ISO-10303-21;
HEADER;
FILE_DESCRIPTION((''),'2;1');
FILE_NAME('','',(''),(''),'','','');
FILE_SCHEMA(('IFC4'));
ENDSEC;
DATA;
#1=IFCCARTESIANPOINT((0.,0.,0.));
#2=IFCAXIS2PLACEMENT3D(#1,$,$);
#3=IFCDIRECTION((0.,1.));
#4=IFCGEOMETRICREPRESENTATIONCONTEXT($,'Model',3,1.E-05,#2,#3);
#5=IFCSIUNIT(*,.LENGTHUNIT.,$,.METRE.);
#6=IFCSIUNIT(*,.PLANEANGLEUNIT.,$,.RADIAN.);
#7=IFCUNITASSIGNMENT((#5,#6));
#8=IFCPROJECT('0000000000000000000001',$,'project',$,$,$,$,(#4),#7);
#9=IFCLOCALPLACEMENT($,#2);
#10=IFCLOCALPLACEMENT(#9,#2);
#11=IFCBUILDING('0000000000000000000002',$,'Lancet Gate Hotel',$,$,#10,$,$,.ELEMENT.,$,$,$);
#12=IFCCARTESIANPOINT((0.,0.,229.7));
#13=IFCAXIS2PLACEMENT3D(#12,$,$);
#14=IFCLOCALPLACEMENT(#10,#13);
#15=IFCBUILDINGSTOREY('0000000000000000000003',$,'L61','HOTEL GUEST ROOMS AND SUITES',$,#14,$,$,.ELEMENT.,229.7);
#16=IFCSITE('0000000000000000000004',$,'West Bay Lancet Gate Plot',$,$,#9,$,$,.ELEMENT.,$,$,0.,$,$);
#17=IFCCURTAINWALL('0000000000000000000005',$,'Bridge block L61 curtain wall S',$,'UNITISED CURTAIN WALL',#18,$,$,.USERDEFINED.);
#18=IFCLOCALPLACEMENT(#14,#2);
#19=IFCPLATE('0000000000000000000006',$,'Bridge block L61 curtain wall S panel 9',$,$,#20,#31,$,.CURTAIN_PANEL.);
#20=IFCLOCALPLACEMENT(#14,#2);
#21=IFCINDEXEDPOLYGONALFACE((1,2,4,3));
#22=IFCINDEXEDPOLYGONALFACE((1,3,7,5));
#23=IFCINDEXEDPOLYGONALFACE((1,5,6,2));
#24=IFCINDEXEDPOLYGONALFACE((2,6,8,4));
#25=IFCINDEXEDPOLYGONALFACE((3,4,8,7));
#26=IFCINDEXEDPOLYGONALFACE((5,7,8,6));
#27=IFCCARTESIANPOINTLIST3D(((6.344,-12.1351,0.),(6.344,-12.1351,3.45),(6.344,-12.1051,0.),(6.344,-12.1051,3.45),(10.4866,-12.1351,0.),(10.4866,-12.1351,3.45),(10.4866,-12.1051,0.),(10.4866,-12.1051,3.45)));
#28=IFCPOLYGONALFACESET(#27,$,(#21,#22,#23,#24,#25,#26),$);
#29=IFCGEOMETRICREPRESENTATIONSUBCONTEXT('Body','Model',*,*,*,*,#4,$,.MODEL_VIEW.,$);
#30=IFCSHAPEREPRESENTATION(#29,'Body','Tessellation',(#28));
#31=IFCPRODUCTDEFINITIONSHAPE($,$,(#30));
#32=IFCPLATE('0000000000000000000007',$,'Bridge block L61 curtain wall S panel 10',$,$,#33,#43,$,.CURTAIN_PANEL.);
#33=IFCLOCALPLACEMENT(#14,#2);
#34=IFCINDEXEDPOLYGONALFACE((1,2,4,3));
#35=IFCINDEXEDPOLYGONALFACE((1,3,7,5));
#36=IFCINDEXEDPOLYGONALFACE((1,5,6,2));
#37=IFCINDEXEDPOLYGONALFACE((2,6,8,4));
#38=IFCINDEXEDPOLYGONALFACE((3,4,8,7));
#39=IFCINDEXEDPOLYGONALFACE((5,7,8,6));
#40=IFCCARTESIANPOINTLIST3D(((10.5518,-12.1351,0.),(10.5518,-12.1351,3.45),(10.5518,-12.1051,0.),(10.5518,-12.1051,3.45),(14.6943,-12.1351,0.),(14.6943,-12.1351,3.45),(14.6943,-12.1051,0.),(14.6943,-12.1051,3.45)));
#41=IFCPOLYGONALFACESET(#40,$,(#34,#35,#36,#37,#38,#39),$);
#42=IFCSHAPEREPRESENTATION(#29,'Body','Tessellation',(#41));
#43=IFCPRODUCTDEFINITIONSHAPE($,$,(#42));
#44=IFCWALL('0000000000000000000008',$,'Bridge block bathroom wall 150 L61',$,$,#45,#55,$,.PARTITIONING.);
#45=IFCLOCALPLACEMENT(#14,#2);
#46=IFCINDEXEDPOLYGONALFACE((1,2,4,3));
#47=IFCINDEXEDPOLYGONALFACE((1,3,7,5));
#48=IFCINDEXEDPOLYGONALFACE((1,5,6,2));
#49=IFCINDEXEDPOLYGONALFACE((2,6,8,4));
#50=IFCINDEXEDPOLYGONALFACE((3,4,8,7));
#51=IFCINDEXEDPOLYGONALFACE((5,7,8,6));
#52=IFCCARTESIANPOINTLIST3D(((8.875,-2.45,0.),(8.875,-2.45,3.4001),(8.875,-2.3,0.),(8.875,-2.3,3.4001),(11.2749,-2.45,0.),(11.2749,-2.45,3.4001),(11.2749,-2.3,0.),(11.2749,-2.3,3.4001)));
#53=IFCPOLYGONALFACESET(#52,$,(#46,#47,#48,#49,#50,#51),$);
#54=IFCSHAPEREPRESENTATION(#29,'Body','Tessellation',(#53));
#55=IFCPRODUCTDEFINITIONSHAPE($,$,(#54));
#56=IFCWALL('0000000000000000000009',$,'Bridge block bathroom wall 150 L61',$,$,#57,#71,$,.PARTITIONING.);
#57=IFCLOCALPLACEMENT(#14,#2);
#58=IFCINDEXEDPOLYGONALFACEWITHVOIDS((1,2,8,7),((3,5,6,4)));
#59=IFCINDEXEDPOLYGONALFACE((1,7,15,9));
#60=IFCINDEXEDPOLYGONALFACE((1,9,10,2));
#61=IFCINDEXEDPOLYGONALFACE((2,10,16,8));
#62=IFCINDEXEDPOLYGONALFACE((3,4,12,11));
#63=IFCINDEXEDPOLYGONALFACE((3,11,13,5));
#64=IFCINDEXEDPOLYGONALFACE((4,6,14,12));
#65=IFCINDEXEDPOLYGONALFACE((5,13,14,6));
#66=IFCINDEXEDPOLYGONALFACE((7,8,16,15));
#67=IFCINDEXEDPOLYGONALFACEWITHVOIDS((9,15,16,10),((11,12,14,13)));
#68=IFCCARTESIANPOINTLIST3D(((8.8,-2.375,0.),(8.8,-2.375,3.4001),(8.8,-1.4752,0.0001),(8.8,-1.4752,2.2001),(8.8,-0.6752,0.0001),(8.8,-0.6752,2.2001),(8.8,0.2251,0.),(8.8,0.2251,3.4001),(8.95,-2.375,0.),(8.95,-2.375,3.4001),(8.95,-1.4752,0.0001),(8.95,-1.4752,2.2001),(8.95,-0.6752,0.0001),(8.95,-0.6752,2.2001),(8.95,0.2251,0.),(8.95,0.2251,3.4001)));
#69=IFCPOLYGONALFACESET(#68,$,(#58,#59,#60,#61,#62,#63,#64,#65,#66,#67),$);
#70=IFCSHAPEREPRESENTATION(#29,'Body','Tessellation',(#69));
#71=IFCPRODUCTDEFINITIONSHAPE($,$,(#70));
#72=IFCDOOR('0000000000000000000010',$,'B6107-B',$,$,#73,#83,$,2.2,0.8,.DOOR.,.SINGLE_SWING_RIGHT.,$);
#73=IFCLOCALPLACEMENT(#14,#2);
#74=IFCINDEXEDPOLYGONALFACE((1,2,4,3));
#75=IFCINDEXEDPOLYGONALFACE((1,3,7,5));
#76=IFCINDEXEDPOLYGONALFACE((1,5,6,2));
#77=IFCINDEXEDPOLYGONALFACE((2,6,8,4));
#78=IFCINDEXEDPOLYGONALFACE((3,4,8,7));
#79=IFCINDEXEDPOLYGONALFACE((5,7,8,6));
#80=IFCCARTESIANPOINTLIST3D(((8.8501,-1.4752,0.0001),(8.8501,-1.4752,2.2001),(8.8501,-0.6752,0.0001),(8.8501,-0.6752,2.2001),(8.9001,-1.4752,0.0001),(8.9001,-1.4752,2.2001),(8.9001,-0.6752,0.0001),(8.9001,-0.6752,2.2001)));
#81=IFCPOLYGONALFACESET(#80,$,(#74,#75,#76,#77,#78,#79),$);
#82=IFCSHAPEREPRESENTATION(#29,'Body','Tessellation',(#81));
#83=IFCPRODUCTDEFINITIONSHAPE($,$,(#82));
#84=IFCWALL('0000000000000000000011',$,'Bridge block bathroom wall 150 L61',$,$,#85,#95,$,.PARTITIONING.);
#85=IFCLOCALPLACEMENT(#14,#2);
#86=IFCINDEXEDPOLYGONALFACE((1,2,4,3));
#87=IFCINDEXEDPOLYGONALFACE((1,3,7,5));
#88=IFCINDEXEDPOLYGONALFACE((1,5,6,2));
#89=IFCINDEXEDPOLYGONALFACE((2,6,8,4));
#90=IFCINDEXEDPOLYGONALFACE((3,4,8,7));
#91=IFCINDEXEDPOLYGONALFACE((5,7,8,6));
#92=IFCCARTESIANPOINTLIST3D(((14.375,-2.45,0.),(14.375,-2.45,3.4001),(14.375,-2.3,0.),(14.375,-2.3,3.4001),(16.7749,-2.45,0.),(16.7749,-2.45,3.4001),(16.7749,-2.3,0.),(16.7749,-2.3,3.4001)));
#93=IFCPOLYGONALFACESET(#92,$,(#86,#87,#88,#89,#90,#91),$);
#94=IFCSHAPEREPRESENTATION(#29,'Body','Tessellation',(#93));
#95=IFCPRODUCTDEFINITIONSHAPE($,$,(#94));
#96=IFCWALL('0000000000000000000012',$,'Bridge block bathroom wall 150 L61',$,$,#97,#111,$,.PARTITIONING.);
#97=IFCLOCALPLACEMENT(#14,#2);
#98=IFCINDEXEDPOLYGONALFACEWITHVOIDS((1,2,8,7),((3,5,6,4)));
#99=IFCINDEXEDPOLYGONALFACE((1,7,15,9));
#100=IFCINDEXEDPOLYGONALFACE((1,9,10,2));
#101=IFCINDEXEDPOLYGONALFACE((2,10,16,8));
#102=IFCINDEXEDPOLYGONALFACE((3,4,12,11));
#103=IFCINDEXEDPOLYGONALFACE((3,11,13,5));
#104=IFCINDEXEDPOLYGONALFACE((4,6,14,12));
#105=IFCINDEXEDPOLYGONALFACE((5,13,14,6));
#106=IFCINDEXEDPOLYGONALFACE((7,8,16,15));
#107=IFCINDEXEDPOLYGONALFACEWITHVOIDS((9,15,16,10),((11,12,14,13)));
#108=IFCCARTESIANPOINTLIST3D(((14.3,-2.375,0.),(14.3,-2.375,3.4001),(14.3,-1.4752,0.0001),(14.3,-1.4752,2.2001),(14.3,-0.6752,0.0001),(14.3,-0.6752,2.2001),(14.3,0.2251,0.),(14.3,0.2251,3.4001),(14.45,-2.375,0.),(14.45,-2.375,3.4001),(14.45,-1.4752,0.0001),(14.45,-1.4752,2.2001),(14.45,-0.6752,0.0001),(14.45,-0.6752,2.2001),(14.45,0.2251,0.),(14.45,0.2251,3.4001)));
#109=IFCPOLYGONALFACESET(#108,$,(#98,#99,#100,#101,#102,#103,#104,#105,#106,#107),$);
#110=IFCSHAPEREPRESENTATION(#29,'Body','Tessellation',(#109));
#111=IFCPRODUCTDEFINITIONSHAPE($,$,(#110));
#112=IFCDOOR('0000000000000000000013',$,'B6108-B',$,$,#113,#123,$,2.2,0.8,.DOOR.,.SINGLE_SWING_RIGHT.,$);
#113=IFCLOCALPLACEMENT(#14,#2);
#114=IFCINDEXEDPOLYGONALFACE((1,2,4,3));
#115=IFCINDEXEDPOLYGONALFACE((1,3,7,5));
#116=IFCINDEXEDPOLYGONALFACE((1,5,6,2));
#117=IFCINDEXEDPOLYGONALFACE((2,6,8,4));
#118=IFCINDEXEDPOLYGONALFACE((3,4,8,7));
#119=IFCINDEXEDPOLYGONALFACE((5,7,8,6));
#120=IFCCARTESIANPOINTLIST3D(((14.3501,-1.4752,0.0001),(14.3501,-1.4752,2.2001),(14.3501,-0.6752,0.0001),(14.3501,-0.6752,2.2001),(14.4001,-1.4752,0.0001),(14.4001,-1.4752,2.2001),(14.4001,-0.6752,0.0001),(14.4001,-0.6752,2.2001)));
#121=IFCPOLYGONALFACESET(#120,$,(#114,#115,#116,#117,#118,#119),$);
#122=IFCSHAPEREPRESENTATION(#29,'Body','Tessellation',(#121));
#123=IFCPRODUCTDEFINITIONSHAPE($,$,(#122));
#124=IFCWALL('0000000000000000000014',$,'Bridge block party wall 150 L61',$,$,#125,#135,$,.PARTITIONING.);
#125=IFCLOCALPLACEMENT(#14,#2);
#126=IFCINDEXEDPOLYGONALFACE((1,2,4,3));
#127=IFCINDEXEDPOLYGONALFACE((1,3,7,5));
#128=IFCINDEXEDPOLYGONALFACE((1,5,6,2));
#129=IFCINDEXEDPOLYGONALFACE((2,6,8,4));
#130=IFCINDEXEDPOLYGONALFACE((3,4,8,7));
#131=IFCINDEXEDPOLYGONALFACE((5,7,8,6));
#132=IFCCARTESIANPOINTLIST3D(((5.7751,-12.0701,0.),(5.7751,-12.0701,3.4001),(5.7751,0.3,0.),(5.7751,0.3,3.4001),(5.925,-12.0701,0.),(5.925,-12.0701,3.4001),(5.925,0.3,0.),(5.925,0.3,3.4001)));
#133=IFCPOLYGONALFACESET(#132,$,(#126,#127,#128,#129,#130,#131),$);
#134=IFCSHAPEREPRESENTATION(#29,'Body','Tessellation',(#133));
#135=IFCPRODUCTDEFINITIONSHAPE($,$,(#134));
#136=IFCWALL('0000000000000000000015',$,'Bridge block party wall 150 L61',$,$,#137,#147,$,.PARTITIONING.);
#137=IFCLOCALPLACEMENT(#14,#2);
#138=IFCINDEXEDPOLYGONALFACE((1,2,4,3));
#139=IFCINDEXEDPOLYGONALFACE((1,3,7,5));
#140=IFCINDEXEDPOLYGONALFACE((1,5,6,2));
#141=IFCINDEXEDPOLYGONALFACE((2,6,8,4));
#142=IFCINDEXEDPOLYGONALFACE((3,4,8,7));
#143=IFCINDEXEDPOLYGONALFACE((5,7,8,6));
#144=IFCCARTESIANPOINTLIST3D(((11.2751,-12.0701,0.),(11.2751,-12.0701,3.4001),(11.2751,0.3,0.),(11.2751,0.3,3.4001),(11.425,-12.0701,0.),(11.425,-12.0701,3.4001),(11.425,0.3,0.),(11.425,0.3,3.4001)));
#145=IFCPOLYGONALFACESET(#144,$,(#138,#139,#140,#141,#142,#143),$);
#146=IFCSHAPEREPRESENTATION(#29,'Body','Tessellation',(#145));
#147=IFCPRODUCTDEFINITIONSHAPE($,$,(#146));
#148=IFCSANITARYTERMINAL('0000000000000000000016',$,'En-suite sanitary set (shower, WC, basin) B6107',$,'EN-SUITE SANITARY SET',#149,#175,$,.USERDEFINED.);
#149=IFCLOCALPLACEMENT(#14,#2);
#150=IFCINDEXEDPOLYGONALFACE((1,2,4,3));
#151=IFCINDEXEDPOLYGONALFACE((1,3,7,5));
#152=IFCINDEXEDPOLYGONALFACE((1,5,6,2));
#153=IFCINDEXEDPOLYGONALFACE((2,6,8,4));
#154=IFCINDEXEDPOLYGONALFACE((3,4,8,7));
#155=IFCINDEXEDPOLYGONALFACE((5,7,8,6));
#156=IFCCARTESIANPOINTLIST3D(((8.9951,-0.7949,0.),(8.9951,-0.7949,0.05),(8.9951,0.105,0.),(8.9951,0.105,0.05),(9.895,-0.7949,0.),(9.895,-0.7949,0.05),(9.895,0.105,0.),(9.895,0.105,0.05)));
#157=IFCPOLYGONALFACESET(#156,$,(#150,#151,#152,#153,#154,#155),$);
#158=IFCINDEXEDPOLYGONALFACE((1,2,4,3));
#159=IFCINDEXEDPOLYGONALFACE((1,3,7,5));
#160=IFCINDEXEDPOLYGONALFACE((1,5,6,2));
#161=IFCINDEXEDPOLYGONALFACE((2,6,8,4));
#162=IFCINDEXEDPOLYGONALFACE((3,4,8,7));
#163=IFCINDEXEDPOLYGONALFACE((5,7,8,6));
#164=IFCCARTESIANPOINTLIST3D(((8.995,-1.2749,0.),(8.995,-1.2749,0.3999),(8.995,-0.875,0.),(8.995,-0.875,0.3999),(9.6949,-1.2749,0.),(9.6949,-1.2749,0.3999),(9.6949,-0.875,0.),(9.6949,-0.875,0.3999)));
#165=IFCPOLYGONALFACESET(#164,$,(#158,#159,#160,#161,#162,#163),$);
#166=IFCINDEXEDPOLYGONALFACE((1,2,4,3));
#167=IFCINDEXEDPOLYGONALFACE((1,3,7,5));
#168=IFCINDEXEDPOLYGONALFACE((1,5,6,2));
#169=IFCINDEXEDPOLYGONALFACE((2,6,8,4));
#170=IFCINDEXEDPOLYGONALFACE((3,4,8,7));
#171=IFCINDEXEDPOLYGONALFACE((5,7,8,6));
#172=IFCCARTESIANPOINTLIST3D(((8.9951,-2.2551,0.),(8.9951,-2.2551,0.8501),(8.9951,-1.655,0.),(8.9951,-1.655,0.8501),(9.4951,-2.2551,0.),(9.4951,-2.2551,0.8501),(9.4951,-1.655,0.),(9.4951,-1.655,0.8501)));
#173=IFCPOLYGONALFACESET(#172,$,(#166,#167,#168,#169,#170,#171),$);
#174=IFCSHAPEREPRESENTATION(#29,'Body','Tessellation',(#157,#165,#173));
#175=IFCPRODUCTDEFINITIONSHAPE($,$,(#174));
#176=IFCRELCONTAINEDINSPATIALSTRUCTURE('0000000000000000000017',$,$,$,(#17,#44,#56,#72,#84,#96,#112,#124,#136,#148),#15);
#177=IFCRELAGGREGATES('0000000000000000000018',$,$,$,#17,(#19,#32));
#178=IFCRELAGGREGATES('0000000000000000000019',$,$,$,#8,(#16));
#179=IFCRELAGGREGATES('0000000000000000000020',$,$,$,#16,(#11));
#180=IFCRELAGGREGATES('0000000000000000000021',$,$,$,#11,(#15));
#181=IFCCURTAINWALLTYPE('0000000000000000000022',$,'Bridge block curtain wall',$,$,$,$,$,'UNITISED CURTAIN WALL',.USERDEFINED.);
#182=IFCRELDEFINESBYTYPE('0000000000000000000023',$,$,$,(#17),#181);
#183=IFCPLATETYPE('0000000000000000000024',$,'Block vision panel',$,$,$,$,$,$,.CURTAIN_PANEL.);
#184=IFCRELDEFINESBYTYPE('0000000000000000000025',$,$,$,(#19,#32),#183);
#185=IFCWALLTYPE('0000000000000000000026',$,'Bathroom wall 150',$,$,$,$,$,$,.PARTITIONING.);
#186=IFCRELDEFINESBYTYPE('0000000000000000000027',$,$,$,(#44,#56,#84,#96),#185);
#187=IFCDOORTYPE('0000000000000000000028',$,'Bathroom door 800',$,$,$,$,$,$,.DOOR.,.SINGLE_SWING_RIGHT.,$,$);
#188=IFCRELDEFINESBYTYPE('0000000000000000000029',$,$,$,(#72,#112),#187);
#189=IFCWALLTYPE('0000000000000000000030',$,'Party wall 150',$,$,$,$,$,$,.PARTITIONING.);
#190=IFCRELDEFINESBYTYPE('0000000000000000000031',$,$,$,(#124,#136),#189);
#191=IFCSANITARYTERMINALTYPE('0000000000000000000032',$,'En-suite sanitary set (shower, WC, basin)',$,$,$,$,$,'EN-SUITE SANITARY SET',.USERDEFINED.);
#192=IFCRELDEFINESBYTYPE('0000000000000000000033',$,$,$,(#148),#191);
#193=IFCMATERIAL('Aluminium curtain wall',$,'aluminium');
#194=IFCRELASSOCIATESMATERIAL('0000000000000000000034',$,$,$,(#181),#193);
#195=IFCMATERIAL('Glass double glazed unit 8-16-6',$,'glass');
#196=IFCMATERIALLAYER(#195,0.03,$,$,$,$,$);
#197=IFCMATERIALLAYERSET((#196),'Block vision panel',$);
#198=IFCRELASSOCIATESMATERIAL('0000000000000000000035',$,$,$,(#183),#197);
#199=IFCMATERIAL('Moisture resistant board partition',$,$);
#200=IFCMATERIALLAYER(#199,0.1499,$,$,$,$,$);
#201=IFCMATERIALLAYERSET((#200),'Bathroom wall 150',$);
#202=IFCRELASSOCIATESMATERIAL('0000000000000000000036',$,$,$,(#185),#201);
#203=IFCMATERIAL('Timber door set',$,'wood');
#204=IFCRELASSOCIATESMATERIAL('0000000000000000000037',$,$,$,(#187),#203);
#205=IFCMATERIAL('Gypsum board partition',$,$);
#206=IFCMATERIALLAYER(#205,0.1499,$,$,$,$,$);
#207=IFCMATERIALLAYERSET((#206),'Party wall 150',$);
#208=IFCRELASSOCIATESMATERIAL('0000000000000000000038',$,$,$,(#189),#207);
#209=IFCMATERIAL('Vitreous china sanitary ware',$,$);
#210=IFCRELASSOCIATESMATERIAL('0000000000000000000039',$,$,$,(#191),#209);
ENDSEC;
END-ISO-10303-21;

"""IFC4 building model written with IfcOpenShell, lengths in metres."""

from ifc_helpers import new_model, si_unit, direction, frame, frame_2d, origin, origin_2d, place, context, subcontext, project, spatial, rectangle, extrude, material, layer, layer_set, type_object, element, fill, aggregate, save


model = new_model("IFC4")

# Units and contexts
model_context = context("Model", 3, precision=1e-05, world=origin(), true_north=direction((0.0, 1.0)))
body_context = subcontext(model_context, "Body", "Model", "MODEL_VIEW")
ifc_project = project(units=[si_unit("LENGTHUNIT", "METRE"), si_unit("PLANEANGLEUNIT", "RADIAN")], contexts=[model_context])

# Site, building, storey
site_placement = place(None, origin())
site = spatial("IfcSite", under=ifc_project, at=site_placement, Name="West Bay Lancet Gate Plot", CompositionType="ELEMENT", RefElevation=0.0)
building_placement = place(site_placement, origin())
building = spatial("IfcBuilding", under=site, at=building_placement, Name="Lancet Gate Hotel", CompositionType="ELEMENT")
storey_placement = place(building_placement, frame((0.0, 0.0, 229.7)))
storey = spatial("IfcBuildingStorey", under=building, at=storey_placement, Name="L61", Description="HOTEL GUEST ROOMS AND SUITES", CompositionType="ELEMENT", Elevation=229.7)

# Curtain wall
ifc_material_1 = material(Name="Aluminium curtain wall", Category="aluminium")
curtain_wall_type = type_object("IfcCurtainWallType", Name="Bridge block curtain wall", ElementType="UNITISED CURTAIN WALL", PredefinedType="USERDEFINED", material=ifc_material_1)
curtain_wall_placement = place(storey_placement, origin())
curtain_wall = element("IfcCurtainWall", 1, at=curtain_wall_placement, inside=storey, type_object=curtain_wall_type, Name="Bridge block L61 curtain wall S", ObjectType="UNITISED CURTAIN WALL", PredefinedType="USERDEFINED")

# Plates
ifc_material_2 = material(Name="Glass double glazed unit 8-16-6", Category="glass")
ifc_layer_1 = layer(ifc_material_2, 0.03)
ifc_layer_set_1 = layer_set([ifc_layer_1], Name="Block vision panel")
plate_type = type_object("IfcPlateType", Name="Block vision panel", PredefinedType="CURTAIN_PANEL", material=ifc_layer_set_1)
plate_1_placement = place(storey_placement, frame((8.4153, -12.1201, 0.0), z_axis=(0.0, 0.0, 1.0), x_axis=(1.0, 0.0, 0.0)))
plate_1 = element("IfcPlate", 2, at=plate_1_placement, type_object=plate_type, Name="Bridge block L61 curtain wall S panel 9", PredefinedType="CURTAIN_PANEL", context=body_context, shape_type="SweptSolid", body=[
    extrude(rectangle(XDim=4.1426, YDim=0.03, at=origin_2d()), origin(), (0.0, 0.0, 1.0), 3.45),
])
plate_2_placement = place(storey_placement, frame((12.623, -12.1201, 0.0), z_axis=(0.0, 0.0, 1.0), x_axis=(1.0, 0.0, 0.0)))
plate_2 = element("IfcPlate", 3, at=plate_2_placement, type_object=plate_type, Name="Bridge block L61 curtain wall S panel 10", PredefinedType="CURTAIN_PANEL", context=body_context, shape_type="SweptSolid", body=[
    extrude(rectangle(XDim=4.1426, YDim=0.03, at=origin_2d()), origin(), (0.0, 0.0, 1.0), 3.45),
])
aggregate(curtain_wall, [plate_1, plate_2])

# Wall
ifc_material_3 = material(Name="Moisture resistant board partition")
ifc_layer_2 = layer(ifc_material_3, 0.1499)
ifc_layer_set_2 = layer_set([ifc_layer_2], Name="Bathroom wall 150")
wall_type_1 = type_object("IfcWallType", Name="Bathroom wall 150", PredefinedType="PARTITIONING", material=ifc_layer_set_2)
wall_1_placement = place(storey_placement, frame((8.875, -2.375, 0.0), z_axis=(0.0, 0.0, 1.0), x_axis=(1.0, 0.0, 0.0)))
element("IfcWall", 4, at=wall_1_placement, inside=storey, type_object=wall_type_1, Name="Bridge block bathroom wall 150 L61", PredefinedType="PARTITIONING", context=body_context, shape_type="SweptSolid", body=[
    extrude(rectangle(XDim=2.3999, YDim=0.1499, at=frame_2d((1.2, 0.0))), origin(), (0.0, 0.0, 1.0), 3.4001),
])

# Wall, opening, door
wall_2_placement = place(storey_placement, frame((8.875, -2.375, 0.0), z_axis=(0.0, 0.0, 1.0), x_axis=(0.0, 1.0, 0.0)))
wall_2 = element("IfcWall", 5, at=wall_2_placement, inside=storey, type_object=wall_type_1, Name="Bridge block bathroom wall 150 L61", PredefinedType="PARTITIONING", context=body_context, shape_type="SweptSolid", body=[
    extrude(rectangle(XDim=2.6001, YDim=0.1499, at=frame_2d((1.3, 0.0))), origin(), (0.0, 0.0, 1.0), 3.4001),
])
opening_1_placement = place(wall_2_placement, frame((0.8999, 0.0, 0.0)))
opening_1 = element("IfcOpeningElement", 6, at=opening_1_placement, cuts=wall_2, PredefinedType="OPENING", context=body_context, shape_type="SweptSolid", body=[
    extrude(rectangle(XDim=0.8, YDim=2.2, at=frame_2d((0.3999, 1.1001))), frame((0.0, 0.085, 0.0), z_axis=(0.0, -1.0, 0.0), x_axis=(1.0, 0.0, 0.0)), (0.0, 0.0, 1.0), 0.1699),
])
ifc_material_4 = material(Name="Timber door set", Category="wood")
door_type = type_object("IfcDoorType", Name="Bathroom door 800", OperationType="SINGLE_SWING_RIGHT", PredefinedType="DOOR", material=ifc_material_4)
door_1_placement = place(opening_1_placement, origin())
door_1 = element("IfcDoor", 7, at=door_1_placement, inside=storey, type_object=door_type, Name="B6107-B", OperationType="SINGLE_SWING_RIGHT", OverallHeight=2.2, OverallWidth=0.8, PredefinedType="DOOR", context=body_context, shape_type="SweptSolid", body=[
    extrude(rectangle(XDim=0.8, YDim=2.2, at=frame_2d((0.3999, 1.1001))), frame((0.0, 0.0249, 0.0), z_axis=(0.0, -1.0, 0.0), x_axis=(1.0, 0.0, 0.0)), (0.0, 0.0, 1.0), 0.05),
])
fill(opening_1, door_1)

# Wall
wall_3_placement = place(storey_placement, frame((14.375, -2.375, 0.0), z_axis=(0.0, 0.0, 1.0), x_axis=(1.0, 0.0, 0.0)))
element("IfcWall", 8, at=wall_3_placement, inside=storey, type_object=wall_type_1, Name="Bridge block bathroom wall 150 L61", PredefinedType="PARTITIONING", context=body_context, shape_type="SweptSolid", body=[
    extrude(rectangle(XDim=2.3999, YDim=0.1499, at=frame_2d((1.2, 0.0))), origin(), (0.0, 0.0, 1.0), 3.4001),
])

# Wall, opening, door
wall_4_placement = place(storey_placement, frame((14.375, -2.375, 0.0), z_axis=(0.0, 0.0, 1.0), x_axis=(0.0, 1.0, 0.0)))
wall_4 = element("IfcWall", 9, at=wall_4_placement, inside=storey, type_object=wall_type_1, Name="Bridge block bathroom wall 150 L61", PredefinedType="PARTITIONING", context=body_context, shape_type="SweptSolid", body=[
    extrude(rectangle(XDim=2.6001, YDim=0.1499, at=frame_2d((1.3, 0.0))), origin(), (0.0, 0.0, 1.0), 3.4001),
])
opening_2_placement = place(wall_4_placement, frame((0.8999, 0.0, 0.0)))
opening_2 = element("IfcOpeningElement", 10, at=opening_2_placement, cuts=wall_4, PredefinedType="OPENING", context=body_context, shape_type="SweptSolid", body=[
    extrude(rectangle(XDim=0.8, YDim=2.2, at=frame_2d((0.3999, 1.1001))), frame((0.0, 0.085, 0.0), z_axis=(0.0, -1.0, 0.0), x_axis=(1.0, 0.0, 0.0)), (0.0, 0.0, 1.0), 0.1699),
])
door_2_placement = place(opening_2_placement, origin())
door_2 = element("IfcDoor", 11, at=door_2_placement, inside=storey, type_object=door_type, Name="B6108-B", OperationType="SINGLE_SWING_RIGHT", OverallHeight=2.2, OverallWidth=0.8, PredefinedType="DOOR", context=body_context, shape_type="SweptSolid", body=[
    extrude(rectangle(XDim=0.8, YDim=2.2, at=frame_2d((0.3999, 1.1001))), frame((0.0, 0.0249, 0.0), z_axis=(0.0, -1.0, 0.0), x_axis=(1.0, 0.0, 0.0)), (0.0, 0.0, 1.0), 0.05),
])
fill(opening_2, door_2)

# Walls
ifc_material_5 = material(Name="Gypsum board partition")
ifc_layer_3 = layer(ifc_material_5, 0.1499)
ifc_layer_set_3 = layer_set([ifc_layer_3], Name="Party wall 150")
wall_type_2 = type_object("IfcWallType", Name="Party wall 150", PredefinedType="PARTITIONING", material=ifc_layer_set_3)
for number, where, z_axis, x_axis, name in (
    (12, (5.8501, -12.0701, 0.0), (0.0, 0.0, 1.0), (0.0, 1.0, 0.0), "Bridge block party wall 150 L61"),
    (13, (11.3501, -12.0701, 0.0), (0.0, 0.0, 1.0), (0.0, 1.0, 0.0), "Bridge block party wall 150 L61"),
):
    element("IfcWall", number, at=place(storey_placement, frame(where, z_axis=z_axis, x_axis=x_axis)), inside=storey, type_object=wall_type_2, Name=name, PredefinedType="PARTITIONING", context=body_context, shape_type="SweptSolid", body=[
        extrude(rectangle(XDim=12.3701, YDim=0.1499, at=frame_2d((6.1851, 0.0))), origin(), (0.0, 0.0, 1.0), 3.4001),
    ])

# Sanitary terminal
ifc_material_6 = material(Name="Vitreous china sanitary ware")
sanitary_terminal_type = type_object("IfcSanitaryTerminalType", Name="En-suite sanitary set (shower, WC, basin)", ElementType="EN-SUITE SANITARY SET", PredefinedType="USERDEFINED", material=ifc_material_6)
sanitary_terminal_placement = place(storey_placement, frame((9.4451, -0.345, 0.0), z_axis=(0.0, 0.0, 1.0), x_axis=(1.0, 0.0, 0.0)))
element("IfcSanitaryTerminal", 14, at=sanitary_terminal_placement, inside=storey, type_object=sanitary_terminal_type, Name="En-suite sanitary set (shower, WC, basin) B6107", ObjectType="EN-SUITE SANITARY SET", PredefinedType="USERDEFINED", context=body_context, shape_type="SweptSolid", body=[
    extrude(rectangle(XDim=0.8999, YDim=0.8999, at=origin_2d()), frame((0.0, 0.0, 0.0), z_axis=(0.0, 0.0, 1.0), x_axis=(0.0, 1.0, 0.0)), (0.0, 0.0, 1.0), 0.05),
    extrude(rectangle(XDim=0.3999, YDim=0.7, at=origin_2d()), frame((-0.1001, -0.73, 0.0), z_axis=(0.0, 0.0, 1.0), x_axis=(0.0, 1.0, 0.0)), (0.0, 0.0, 1.0), 0.3999),
    extrude(rectangle(XDim=0.6001, YDim=0.5, at=origin_2d()), frame((-0.2, -1.6101, 0.0), z_axis=(0.0, 0.0, 1.0), x_axis=(0.0, 1.0, 0.0)), (0.0, 0.0, 1.0), 0.8501),
])

save(model, "model.ifc")
